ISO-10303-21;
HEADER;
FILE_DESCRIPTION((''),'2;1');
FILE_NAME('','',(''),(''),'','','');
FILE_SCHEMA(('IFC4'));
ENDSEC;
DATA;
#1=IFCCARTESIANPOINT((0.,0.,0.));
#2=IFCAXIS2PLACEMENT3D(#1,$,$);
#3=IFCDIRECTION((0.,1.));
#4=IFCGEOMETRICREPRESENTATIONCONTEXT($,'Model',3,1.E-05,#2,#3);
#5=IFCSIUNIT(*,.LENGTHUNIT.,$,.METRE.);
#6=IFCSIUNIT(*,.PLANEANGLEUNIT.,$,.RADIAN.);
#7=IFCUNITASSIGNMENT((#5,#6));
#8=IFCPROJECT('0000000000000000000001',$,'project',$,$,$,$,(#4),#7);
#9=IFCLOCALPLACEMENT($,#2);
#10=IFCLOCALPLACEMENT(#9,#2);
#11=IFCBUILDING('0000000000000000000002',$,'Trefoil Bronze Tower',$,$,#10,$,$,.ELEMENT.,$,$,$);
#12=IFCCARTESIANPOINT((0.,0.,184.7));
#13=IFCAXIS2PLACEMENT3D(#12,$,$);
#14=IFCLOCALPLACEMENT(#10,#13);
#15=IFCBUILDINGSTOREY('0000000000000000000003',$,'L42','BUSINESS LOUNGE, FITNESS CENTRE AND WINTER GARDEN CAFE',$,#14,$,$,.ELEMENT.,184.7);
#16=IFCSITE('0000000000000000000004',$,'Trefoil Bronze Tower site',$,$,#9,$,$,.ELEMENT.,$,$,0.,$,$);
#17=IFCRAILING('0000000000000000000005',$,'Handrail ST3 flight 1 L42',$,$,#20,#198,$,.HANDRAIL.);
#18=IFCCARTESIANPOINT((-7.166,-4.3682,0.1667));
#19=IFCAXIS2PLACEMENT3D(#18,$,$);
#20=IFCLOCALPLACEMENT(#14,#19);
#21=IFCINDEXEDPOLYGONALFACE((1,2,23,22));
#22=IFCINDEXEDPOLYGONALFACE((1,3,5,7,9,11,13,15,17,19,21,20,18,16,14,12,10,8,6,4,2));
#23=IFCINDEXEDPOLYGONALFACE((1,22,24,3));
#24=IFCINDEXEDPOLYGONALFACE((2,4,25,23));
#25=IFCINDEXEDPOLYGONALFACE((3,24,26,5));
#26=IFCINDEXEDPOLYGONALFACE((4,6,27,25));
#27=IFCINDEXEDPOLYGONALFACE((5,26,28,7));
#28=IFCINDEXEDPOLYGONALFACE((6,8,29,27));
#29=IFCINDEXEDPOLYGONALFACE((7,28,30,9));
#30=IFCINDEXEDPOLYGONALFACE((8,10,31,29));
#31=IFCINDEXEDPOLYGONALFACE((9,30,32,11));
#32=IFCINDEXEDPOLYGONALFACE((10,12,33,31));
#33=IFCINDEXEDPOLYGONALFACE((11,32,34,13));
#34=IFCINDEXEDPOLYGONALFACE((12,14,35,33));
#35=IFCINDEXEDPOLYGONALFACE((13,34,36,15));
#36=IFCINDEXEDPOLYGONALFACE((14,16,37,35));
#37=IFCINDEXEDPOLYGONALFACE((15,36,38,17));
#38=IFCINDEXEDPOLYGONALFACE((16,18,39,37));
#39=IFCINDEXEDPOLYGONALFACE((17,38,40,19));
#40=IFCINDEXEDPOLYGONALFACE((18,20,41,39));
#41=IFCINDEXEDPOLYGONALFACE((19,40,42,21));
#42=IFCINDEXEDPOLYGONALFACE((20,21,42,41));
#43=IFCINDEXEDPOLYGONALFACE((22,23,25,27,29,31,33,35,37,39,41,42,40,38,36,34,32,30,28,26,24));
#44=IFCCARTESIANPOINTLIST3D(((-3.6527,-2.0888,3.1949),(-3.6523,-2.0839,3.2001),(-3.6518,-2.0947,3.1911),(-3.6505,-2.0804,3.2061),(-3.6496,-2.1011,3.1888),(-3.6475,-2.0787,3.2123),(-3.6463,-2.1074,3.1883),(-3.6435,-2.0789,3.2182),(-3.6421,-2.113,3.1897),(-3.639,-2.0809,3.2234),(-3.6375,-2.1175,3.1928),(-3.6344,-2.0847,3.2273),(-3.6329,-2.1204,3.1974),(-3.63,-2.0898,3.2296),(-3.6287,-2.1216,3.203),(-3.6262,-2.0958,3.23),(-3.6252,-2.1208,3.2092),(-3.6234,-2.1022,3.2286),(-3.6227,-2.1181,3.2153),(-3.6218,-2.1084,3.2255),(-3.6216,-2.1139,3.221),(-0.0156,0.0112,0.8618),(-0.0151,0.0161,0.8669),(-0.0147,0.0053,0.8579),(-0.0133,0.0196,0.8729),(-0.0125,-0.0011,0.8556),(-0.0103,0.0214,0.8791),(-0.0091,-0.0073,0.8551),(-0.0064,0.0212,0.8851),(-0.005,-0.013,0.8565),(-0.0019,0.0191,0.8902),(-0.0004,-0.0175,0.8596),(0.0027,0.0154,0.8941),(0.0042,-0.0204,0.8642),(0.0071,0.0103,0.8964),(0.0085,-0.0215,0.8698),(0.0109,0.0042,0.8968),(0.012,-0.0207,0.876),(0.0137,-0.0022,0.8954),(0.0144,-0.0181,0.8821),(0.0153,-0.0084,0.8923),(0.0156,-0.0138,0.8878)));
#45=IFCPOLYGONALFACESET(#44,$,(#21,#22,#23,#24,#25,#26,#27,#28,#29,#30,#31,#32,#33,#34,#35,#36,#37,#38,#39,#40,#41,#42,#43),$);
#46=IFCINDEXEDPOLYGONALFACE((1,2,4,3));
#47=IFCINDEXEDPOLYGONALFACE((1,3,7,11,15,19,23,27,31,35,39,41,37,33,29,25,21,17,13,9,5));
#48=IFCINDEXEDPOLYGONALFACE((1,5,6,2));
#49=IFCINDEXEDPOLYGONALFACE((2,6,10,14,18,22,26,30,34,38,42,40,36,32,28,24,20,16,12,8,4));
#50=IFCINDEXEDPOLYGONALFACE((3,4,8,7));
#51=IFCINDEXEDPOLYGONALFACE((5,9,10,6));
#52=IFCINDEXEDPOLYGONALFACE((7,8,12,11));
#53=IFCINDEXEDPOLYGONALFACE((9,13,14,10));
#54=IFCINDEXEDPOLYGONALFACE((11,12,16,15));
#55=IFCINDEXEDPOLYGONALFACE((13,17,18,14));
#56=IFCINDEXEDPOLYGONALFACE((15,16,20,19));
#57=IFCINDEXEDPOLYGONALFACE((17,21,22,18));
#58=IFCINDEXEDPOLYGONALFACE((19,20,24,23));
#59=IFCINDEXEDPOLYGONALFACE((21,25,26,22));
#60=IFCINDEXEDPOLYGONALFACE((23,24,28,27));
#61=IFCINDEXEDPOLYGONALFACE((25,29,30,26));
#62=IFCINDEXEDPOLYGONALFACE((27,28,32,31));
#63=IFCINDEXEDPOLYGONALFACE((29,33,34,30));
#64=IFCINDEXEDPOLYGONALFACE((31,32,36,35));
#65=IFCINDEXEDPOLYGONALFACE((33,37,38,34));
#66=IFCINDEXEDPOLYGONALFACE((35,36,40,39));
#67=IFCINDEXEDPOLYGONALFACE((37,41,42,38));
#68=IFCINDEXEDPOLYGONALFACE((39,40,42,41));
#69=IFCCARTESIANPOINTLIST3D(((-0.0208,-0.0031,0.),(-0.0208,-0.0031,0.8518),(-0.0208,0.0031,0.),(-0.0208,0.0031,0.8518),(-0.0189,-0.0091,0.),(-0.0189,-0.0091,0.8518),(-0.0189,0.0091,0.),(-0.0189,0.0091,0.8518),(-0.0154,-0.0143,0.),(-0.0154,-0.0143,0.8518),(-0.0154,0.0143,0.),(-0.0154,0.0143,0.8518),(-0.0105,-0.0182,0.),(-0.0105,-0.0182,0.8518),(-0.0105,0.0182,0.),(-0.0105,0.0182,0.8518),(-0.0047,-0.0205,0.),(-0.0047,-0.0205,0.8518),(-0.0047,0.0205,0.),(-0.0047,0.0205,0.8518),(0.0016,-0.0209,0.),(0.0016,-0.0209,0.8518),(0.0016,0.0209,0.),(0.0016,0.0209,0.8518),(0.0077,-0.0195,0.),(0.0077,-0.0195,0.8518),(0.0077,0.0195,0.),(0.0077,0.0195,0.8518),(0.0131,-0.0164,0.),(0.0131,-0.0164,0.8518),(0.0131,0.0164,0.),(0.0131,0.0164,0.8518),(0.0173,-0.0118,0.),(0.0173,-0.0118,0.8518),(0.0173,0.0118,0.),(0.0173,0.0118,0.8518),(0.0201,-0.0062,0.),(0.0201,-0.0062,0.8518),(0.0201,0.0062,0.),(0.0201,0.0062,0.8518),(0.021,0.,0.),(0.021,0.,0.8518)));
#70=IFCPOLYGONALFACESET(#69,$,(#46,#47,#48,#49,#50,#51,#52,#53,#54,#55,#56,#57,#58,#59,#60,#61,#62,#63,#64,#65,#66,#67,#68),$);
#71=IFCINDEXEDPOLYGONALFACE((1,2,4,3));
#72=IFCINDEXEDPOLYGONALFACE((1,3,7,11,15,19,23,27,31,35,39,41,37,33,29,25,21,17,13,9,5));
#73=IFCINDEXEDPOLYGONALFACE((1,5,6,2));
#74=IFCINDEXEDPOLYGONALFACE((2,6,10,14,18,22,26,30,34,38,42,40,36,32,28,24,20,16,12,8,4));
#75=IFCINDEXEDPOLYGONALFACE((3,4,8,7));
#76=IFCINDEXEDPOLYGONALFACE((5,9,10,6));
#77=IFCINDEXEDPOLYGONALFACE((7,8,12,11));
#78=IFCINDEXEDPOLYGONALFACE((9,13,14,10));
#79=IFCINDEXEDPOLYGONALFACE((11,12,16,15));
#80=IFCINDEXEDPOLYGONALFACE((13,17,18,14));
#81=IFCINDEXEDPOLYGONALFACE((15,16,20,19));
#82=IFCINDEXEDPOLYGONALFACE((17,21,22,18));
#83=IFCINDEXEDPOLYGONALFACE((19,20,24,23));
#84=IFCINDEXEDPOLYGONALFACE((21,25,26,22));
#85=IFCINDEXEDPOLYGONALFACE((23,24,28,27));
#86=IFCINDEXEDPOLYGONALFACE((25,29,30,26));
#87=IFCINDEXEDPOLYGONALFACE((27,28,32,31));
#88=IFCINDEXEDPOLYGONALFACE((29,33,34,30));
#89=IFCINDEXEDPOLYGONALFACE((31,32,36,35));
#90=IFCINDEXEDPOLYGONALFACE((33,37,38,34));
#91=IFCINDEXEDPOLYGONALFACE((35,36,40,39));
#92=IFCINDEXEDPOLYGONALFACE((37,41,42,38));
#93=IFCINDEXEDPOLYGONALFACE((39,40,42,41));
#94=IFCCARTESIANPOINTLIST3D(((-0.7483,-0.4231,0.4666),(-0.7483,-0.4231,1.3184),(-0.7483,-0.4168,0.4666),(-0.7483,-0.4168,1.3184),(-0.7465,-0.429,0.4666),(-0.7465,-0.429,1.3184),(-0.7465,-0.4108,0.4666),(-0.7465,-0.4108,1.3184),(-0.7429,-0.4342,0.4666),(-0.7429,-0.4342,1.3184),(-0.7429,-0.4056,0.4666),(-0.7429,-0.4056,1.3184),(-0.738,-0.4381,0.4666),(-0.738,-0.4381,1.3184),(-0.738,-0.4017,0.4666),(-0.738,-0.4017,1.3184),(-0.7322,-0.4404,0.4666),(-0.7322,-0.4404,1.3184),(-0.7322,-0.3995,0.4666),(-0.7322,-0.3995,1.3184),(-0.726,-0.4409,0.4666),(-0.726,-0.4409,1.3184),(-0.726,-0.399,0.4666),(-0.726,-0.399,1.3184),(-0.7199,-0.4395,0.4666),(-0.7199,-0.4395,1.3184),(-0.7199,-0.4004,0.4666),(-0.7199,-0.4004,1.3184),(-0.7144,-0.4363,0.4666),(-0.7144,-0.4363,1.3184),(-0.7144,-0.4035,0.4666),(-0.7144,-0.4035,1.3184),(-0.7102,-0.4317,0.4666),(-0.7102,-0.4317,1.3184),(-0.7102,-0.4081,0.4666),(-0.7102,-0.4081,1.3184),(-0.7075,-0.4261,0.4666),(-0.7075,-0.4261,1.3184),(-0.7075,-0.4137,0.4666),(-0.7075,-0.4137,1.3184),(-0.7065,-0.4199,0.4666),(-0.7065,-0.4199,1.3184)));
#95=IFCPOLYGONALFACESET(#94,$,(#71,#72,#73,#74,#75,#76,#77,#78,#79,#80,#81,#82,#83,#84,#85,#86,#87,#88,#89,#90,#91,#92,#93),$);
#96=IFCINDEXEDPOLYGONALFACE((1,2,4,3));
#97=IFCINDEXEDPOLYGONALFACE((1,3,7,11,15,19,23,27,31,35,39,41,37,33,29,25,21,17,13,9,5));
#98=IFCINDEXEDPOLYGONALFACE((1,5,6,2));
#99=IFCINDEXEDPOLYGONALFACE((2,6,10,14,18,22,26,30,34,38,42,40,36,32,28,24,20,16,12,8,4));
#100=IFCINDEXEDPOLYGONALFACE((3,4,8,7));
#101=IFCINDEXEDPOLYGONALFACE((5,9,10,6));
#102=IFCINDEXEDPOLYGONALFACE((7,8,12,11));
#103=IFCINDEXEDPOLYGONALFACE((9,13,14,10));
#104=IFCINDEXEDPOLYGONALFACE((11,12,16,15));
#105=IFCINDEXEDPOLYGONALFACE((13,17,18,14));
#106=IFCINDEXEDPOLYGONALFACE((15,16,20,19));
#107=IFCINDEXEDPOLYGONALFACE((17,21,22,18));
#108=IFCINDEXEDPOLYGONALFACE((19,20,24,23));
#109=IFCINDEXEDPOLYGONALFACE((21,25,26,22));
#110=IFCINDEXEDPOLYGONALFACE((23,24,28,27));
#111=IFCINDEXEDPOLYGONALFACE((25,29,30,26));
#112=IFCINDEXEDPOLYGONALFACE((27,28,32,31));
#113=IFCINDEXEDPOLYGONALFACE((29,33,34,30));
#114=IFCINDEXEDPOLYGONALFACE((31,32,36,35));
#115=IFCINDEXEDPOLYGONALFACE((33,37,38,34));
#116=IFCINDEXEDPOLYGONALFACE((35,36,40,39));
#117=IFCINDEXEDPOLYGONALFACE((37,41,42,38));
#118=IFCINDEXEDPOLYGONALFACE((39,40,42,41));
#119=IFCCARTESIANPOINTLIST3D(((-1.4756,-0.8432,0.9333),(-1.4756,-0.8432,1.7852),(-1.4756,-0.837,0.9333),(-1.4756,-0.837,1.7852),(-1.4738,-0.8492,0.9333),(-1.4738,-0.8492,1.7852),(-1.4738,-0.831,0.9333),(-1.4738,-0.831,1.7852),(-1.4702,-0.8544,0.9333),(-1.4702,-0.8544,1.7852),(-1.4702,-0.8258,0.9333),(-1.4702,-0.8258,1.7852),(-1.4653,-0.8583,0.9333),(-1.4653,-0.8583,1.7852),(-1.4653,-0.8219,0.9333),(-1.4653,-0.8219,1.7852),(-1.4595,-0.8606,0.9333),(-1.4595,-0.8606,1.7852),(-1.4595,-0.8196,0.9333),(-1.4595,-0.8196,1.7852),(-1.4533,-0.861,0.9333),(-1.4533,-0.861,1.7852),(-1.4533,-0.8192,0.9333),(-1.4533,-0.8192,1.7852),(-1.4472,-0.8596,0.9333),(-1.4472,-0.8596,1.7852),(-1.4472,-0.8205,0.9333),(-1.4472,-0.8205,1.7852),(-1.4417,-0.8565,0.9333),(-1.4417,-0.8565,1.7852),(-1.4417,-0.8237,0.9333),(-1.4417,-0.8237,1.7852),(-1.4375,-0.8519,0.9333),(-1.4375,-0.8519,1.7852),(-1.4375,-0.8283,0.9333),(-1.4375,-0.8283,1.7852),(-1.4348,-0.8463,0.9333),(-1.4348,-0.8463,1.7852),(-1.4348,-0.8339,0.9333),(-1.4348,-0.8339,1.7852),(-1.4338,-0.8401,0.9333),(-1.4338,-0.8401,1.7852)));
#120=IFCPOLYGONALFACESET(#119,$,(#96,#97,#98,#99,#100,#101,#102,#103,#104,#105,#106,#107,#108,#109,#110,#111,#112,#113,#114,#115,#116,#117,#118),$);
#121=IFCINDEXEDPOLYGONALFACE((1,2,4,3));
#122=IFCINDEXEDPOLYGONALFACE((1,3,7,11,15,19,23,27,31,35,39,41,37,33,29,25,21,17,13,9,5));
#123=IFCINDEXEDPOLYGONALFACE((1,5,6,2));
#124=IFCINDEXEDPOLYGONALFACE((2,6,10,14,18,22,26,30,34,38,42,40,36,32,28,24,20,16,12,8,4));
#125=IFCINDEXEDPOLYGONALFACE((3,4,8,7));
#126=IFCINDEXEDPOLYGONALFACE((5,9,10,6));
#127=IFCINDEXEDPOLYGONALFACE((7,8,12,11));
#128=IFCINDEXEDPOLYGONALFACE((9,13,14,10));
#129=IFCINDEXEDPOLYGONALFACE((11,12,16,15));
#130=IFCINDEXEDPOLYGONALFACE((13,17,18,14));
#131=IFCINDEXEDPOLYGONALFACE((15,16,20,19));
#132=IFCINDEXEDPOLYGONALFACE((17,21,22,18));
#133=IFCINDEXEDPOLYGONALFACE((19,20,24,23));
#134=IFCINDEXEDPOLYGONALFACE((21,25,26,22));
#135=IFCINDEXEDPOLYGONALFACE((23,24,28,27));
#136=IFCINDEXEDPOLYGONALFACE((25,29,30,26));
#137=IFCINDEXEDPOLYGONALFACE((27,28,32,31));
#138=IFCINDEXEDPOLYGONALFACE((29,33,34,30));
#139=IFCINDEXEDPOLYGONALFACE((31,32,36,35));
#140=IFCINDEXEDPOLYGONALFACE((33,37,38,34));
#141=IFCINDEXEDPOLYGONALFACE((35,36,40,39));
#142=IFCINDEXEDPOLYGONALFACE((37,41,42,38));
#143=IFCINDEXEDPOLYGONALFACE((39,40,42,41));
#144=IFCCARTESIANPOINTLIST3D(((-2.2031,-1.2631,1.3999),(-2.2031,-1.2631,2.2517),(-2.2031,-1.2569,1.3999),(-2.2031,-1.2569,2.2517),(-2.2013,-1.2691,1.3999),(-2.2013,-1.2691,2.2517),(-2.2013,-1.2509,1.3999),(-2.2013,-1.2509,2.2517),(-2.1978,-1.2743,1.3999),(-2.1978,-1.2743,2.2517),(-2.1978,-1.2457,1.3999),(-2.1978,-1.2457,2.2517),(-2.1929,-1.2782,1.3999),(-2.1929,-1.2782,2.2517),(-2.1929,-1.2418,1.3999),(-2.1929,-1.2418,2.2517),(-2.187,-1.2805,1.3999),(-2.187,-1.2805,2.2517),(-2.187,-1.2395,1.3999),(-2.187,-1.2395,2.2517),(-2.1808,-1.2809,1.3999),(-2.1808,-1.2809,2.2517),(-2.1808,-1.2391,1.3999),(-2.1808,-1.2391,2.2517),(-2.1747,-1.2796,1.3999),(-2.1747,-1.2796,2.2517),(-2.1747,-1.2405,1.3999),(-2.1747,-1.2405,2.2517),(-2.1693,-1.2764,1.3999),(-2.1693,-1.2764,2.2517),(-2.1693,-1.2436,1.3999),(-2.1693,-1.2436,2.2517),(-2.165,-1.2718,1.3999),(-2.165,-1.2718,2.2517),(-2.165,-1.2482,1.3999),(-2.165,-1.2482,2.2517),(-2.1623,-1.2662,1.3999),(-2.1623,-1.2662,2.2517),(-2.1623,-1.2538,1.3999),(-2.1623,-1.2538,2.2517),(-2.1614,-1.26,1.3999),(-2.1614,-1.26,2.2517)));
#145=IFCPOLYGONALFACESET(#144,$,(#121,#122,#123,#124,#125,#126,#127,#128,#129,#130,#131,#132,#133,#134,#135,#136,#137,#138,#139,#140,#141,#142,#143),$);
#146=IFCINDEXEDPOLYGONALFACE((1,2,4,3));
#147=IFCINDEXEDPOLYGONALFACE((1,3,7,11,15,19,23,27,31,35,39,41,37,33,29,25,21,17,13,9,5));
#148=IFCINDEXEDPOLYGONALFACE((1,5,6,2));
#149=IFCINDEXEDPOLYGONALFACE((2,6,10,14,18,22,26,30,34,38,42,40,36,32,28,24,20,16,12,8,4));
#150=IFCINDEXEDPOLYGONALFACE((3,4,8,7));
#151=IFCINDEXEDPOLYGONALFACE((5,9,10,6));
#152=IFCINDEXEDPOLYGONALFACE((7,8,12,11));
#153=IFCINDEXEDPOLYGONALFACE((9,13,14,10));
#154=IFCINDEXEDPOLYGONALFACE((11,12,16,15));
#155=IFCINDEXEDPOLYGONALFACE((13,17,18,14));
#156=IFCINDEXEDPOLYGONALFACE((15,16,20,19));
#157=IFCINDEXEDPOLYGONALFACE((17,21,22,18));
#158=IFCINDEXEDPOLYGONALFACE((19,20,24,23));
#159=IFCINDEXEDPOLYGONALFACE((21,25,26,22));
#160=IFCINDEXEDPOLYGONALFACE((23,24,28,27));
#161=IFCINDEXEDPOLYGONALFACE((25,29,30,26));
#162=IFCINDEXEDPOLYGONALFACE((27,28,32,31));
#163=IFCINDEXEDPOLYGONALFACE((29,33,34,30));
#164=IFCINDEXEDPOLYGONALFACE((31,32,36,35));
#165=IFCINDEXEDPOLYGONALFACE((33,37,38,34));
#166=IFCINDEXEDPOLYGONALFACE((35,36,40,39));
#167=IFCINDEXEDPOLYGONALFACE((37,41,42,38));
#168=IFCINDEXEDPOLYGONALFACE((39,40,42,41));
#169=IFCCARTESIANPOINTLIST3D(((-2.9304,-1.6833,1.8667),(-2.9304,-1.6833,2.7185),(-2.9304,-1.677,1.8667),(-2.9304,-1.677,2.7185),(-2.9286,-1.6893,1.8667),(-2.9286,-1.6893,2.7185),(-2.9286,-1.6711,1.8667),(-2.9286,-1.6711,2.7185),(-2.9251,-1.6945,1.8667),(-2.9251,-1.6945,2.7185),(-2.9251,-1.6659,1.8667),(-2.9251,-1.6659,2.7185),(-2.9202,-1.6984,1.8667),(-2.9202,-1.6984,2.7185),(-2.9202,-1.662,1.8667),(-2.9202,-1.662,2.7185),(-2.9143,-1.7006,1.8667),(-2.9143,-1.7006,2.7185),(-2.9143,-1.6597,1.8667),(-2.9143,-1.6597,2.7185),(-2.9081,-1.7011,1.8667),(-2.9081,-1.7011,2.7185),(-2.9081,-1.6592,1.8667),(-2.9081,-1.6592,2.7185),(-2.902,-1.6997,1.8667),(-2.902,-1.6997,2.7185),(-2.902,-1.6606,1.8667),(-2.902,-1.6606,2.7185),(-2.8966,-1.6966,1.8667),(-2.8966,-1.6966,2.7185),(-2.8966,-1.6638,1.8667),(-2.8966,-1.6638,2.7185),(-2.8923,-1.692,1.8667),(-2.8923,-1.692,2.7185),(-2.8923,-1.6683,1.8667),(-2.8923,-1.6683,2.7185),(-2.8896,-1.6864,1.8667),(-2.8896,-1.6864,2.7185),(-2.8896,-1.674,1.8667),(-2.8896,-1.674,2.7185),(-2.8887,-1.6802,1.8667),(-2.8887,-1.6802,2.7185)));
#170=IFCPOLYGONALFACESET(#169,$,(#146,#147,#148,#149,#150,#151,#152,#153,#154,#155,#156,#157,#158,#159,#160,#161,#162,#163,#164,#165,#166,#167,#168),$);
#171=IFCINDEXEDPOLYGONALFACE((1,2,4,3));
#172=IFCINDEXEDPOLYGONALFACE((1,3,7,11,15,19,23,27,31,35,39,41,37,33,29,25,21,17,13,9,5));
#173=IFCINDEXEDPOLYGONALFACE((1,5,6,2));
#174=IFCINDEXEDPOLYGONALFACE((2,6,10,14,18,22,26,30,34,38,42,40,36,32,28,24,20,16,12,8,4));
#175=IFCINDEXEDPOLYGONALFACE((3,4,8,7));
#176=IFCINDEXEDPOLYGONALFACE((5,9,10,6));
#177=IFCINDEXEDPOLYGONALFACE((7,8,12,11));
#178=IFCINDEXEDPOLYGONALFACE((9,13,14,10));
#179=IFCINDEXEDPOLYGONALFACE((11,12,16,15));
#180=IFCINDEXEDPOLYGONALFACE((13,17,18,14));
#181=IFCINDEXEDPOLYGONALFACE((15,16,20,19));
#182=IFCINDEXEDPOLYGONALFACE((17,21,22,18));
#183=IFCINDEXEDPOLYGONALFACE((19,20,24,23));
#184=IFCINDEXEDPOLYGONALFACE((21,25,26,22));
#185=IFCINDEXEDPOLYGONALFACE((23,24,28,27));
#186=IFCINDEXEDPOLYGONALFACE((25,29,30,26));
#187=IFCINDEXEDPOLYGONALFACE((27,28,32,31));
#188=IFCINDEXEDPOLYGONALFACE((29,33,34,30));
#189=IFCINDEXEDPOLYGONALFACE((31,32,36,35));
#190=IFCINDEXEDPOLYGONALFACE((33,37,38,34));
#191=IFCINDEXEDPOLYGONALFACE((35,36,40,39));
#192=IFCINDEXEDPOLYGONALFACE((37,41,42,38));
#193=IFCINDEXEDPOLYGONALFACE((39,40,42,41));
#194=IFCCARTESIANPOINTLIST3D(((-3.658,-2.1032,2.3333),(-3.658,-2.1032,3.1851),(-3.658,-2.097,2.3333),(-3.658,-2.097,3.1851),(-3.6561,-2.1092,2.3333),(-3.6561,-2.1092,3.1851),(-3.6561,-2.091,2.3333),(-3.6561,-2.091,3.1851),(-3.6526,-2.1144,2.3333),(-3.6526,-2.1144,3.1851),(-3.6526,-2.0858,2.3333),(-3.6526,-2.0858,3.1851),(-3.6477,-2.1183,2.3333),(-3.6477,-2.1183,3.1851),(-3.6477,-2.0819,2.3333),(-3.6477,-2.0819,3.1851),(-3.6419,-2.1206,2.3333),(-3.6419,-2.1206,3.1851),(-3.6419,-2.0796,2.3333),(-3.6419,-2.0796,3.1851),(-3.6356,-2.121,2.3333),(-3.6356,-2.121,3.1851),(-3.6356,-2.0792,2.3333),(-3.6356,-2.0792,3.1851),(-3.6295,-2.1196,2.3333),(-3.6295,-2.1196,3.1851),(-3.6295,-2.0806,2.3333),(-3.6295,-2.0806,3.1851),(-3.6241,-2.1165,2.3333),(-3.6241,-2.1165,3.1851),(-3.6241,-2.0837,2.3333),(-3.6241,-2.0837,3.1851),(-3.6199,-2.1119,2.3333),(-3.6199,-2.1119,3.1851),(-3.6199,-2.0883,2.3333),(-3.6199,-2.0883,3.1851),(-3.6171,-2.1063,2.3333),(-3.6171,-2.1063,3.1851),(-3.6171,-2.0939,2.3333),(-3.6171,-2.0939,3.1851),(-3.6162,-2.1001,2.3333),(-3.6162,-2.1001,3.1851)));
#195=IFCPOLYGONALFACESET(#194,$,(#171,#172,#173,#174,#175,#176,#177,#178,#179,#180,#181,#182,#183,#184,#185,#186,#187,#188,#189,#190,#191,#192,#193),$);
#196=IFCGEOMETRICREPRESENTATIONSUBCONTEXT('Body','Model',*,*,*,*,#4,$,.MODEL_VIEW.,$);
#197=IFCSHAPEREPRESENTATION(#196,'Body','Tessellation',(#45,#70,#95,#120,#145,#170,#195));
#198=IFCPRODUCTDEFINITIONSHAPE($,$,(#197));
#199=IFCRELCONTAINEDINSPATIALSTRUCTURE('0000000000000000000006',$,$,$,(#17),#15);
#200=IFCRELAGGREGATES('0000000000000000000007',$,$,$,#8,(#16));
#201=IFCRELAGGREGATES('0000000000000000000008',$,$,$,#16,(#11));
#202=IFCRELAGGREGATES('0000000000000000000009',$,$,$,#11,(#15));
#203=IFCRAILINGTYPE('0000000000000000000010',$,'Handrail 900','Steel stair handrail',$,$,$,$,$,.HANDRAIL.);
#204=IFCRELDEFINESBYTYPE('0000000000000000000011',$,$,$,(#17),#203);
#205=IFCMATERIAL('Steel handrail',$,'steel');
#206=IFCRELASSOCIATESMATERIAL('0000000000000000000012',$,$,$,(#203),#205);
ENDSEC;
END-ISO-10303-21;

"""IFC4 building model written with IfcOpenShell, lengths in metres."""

from ifc_helpers import new_model, si_unit, direction, frame, origin, origin_2d, place, context, subcontext, project, spatial, circle, extrude, material, type_object, element, save


model = new_model("IFC4")

# Units and contexts
model_context = context("Model", 3, precision=1e-05, world=origin(), true_north=direction((0.0, 1.0)))
body_context = subcontext(model_context, "Body", "Model", "MODEL_VIEW")
ifc_project = project(units=[si_unit("LENGTHUNIT", "METRE"), si_unit("PLANEANGLEUNIT", "RADIAN")], contexts=[model_context])

# Site, building, storey
site_placement = place(None, origin())
site = spatial("IfcSite", under=ifc_project, at=site_placement, Name="Trefoil Bronze Tower site", CompositionType="ELEMENT", RefElevation=0.0)
building_placement = place(site_placement, origin())
building = spatial("IfcBuilding", under=site, at=building_placement, Name="Trefoil Bronze Tower", CompositionType="ELEMENT")
storey_placement = place(building_placement, frame((0.0, 0.0, 184.7)))
storey = spatial("IfcBuildingStorey", under=building, at=storey_placement, Name="L42", Description="BUSINESS LOUNGE, FITNESS CENTRE AND WINTER GARDEN CAFE", CompositionType="ELEMENT", Elevation=184.7)

# Railing
ifc_material_1 = material(Name="Steel handrail", Category="steel")
railing_type = type_object("IfcRailingType", Name="Handrail 900", Description="Steel stair handrail", PredefinedType="HANDRAIL", material=ifc_material_1)
railing_1_placement = place(storey_placement, frame((-7.166, -4.3682, 0.1667)))
element("IfcRailing", 1, at=railing_1_placement, inside=storey, type_object=railing_type, Name="Handrail ST3 flight 1 L42", PredefinedType="HANDRAIL", context=body_context, shape_type="SweptSolid", body=[
    extrude(circle(Radius=0.0239, at=origin_2d()), frame((0.0, 0.0, 0.876), z_axis=(-0.757033, -0.437106, 0.485633), x_axis=(0.500028, -0.866009, 0.0)), (0.0, 0.0, 1.0), 4.8044),
    extrude(circle(Radius=0.021, at=origin_2d()), origin(), (0.0, 0.0, 1.0), 0.8518),
    extrude(circle(Radius=0.021, at=origin_2d()), frame((-0.7275, -0.4199, 0.4666)), (0.0, 0.0, 1.0), 0.8518),
    extrude(circle(Radius=0.021, at=origin_2d()), frame((-1.4548, -0.8401, 0.9333)), (0.0, 0.0, 1.0), 0.8518),
    extrude(circle(Radius=0.021, at=origin_2d()), frame((-2.1824, -1.26, 1.3999)), (0.0, 0.0, 1.0), 0.8518),
    extrude(circle(Radius=0.021, at=origin_2d()), frame((-2.9097, -1.6802, 1.8667)), (0.0, 0.0, 1.0), 0.8518),
    extrude(circle(Radius=0.021, at=origin_2d()), frame((-3.6372, -2.1001, 2.3333)), (0.0, 0.0, 1.0), 0.8518),
])

save(model, "model.ifc")
